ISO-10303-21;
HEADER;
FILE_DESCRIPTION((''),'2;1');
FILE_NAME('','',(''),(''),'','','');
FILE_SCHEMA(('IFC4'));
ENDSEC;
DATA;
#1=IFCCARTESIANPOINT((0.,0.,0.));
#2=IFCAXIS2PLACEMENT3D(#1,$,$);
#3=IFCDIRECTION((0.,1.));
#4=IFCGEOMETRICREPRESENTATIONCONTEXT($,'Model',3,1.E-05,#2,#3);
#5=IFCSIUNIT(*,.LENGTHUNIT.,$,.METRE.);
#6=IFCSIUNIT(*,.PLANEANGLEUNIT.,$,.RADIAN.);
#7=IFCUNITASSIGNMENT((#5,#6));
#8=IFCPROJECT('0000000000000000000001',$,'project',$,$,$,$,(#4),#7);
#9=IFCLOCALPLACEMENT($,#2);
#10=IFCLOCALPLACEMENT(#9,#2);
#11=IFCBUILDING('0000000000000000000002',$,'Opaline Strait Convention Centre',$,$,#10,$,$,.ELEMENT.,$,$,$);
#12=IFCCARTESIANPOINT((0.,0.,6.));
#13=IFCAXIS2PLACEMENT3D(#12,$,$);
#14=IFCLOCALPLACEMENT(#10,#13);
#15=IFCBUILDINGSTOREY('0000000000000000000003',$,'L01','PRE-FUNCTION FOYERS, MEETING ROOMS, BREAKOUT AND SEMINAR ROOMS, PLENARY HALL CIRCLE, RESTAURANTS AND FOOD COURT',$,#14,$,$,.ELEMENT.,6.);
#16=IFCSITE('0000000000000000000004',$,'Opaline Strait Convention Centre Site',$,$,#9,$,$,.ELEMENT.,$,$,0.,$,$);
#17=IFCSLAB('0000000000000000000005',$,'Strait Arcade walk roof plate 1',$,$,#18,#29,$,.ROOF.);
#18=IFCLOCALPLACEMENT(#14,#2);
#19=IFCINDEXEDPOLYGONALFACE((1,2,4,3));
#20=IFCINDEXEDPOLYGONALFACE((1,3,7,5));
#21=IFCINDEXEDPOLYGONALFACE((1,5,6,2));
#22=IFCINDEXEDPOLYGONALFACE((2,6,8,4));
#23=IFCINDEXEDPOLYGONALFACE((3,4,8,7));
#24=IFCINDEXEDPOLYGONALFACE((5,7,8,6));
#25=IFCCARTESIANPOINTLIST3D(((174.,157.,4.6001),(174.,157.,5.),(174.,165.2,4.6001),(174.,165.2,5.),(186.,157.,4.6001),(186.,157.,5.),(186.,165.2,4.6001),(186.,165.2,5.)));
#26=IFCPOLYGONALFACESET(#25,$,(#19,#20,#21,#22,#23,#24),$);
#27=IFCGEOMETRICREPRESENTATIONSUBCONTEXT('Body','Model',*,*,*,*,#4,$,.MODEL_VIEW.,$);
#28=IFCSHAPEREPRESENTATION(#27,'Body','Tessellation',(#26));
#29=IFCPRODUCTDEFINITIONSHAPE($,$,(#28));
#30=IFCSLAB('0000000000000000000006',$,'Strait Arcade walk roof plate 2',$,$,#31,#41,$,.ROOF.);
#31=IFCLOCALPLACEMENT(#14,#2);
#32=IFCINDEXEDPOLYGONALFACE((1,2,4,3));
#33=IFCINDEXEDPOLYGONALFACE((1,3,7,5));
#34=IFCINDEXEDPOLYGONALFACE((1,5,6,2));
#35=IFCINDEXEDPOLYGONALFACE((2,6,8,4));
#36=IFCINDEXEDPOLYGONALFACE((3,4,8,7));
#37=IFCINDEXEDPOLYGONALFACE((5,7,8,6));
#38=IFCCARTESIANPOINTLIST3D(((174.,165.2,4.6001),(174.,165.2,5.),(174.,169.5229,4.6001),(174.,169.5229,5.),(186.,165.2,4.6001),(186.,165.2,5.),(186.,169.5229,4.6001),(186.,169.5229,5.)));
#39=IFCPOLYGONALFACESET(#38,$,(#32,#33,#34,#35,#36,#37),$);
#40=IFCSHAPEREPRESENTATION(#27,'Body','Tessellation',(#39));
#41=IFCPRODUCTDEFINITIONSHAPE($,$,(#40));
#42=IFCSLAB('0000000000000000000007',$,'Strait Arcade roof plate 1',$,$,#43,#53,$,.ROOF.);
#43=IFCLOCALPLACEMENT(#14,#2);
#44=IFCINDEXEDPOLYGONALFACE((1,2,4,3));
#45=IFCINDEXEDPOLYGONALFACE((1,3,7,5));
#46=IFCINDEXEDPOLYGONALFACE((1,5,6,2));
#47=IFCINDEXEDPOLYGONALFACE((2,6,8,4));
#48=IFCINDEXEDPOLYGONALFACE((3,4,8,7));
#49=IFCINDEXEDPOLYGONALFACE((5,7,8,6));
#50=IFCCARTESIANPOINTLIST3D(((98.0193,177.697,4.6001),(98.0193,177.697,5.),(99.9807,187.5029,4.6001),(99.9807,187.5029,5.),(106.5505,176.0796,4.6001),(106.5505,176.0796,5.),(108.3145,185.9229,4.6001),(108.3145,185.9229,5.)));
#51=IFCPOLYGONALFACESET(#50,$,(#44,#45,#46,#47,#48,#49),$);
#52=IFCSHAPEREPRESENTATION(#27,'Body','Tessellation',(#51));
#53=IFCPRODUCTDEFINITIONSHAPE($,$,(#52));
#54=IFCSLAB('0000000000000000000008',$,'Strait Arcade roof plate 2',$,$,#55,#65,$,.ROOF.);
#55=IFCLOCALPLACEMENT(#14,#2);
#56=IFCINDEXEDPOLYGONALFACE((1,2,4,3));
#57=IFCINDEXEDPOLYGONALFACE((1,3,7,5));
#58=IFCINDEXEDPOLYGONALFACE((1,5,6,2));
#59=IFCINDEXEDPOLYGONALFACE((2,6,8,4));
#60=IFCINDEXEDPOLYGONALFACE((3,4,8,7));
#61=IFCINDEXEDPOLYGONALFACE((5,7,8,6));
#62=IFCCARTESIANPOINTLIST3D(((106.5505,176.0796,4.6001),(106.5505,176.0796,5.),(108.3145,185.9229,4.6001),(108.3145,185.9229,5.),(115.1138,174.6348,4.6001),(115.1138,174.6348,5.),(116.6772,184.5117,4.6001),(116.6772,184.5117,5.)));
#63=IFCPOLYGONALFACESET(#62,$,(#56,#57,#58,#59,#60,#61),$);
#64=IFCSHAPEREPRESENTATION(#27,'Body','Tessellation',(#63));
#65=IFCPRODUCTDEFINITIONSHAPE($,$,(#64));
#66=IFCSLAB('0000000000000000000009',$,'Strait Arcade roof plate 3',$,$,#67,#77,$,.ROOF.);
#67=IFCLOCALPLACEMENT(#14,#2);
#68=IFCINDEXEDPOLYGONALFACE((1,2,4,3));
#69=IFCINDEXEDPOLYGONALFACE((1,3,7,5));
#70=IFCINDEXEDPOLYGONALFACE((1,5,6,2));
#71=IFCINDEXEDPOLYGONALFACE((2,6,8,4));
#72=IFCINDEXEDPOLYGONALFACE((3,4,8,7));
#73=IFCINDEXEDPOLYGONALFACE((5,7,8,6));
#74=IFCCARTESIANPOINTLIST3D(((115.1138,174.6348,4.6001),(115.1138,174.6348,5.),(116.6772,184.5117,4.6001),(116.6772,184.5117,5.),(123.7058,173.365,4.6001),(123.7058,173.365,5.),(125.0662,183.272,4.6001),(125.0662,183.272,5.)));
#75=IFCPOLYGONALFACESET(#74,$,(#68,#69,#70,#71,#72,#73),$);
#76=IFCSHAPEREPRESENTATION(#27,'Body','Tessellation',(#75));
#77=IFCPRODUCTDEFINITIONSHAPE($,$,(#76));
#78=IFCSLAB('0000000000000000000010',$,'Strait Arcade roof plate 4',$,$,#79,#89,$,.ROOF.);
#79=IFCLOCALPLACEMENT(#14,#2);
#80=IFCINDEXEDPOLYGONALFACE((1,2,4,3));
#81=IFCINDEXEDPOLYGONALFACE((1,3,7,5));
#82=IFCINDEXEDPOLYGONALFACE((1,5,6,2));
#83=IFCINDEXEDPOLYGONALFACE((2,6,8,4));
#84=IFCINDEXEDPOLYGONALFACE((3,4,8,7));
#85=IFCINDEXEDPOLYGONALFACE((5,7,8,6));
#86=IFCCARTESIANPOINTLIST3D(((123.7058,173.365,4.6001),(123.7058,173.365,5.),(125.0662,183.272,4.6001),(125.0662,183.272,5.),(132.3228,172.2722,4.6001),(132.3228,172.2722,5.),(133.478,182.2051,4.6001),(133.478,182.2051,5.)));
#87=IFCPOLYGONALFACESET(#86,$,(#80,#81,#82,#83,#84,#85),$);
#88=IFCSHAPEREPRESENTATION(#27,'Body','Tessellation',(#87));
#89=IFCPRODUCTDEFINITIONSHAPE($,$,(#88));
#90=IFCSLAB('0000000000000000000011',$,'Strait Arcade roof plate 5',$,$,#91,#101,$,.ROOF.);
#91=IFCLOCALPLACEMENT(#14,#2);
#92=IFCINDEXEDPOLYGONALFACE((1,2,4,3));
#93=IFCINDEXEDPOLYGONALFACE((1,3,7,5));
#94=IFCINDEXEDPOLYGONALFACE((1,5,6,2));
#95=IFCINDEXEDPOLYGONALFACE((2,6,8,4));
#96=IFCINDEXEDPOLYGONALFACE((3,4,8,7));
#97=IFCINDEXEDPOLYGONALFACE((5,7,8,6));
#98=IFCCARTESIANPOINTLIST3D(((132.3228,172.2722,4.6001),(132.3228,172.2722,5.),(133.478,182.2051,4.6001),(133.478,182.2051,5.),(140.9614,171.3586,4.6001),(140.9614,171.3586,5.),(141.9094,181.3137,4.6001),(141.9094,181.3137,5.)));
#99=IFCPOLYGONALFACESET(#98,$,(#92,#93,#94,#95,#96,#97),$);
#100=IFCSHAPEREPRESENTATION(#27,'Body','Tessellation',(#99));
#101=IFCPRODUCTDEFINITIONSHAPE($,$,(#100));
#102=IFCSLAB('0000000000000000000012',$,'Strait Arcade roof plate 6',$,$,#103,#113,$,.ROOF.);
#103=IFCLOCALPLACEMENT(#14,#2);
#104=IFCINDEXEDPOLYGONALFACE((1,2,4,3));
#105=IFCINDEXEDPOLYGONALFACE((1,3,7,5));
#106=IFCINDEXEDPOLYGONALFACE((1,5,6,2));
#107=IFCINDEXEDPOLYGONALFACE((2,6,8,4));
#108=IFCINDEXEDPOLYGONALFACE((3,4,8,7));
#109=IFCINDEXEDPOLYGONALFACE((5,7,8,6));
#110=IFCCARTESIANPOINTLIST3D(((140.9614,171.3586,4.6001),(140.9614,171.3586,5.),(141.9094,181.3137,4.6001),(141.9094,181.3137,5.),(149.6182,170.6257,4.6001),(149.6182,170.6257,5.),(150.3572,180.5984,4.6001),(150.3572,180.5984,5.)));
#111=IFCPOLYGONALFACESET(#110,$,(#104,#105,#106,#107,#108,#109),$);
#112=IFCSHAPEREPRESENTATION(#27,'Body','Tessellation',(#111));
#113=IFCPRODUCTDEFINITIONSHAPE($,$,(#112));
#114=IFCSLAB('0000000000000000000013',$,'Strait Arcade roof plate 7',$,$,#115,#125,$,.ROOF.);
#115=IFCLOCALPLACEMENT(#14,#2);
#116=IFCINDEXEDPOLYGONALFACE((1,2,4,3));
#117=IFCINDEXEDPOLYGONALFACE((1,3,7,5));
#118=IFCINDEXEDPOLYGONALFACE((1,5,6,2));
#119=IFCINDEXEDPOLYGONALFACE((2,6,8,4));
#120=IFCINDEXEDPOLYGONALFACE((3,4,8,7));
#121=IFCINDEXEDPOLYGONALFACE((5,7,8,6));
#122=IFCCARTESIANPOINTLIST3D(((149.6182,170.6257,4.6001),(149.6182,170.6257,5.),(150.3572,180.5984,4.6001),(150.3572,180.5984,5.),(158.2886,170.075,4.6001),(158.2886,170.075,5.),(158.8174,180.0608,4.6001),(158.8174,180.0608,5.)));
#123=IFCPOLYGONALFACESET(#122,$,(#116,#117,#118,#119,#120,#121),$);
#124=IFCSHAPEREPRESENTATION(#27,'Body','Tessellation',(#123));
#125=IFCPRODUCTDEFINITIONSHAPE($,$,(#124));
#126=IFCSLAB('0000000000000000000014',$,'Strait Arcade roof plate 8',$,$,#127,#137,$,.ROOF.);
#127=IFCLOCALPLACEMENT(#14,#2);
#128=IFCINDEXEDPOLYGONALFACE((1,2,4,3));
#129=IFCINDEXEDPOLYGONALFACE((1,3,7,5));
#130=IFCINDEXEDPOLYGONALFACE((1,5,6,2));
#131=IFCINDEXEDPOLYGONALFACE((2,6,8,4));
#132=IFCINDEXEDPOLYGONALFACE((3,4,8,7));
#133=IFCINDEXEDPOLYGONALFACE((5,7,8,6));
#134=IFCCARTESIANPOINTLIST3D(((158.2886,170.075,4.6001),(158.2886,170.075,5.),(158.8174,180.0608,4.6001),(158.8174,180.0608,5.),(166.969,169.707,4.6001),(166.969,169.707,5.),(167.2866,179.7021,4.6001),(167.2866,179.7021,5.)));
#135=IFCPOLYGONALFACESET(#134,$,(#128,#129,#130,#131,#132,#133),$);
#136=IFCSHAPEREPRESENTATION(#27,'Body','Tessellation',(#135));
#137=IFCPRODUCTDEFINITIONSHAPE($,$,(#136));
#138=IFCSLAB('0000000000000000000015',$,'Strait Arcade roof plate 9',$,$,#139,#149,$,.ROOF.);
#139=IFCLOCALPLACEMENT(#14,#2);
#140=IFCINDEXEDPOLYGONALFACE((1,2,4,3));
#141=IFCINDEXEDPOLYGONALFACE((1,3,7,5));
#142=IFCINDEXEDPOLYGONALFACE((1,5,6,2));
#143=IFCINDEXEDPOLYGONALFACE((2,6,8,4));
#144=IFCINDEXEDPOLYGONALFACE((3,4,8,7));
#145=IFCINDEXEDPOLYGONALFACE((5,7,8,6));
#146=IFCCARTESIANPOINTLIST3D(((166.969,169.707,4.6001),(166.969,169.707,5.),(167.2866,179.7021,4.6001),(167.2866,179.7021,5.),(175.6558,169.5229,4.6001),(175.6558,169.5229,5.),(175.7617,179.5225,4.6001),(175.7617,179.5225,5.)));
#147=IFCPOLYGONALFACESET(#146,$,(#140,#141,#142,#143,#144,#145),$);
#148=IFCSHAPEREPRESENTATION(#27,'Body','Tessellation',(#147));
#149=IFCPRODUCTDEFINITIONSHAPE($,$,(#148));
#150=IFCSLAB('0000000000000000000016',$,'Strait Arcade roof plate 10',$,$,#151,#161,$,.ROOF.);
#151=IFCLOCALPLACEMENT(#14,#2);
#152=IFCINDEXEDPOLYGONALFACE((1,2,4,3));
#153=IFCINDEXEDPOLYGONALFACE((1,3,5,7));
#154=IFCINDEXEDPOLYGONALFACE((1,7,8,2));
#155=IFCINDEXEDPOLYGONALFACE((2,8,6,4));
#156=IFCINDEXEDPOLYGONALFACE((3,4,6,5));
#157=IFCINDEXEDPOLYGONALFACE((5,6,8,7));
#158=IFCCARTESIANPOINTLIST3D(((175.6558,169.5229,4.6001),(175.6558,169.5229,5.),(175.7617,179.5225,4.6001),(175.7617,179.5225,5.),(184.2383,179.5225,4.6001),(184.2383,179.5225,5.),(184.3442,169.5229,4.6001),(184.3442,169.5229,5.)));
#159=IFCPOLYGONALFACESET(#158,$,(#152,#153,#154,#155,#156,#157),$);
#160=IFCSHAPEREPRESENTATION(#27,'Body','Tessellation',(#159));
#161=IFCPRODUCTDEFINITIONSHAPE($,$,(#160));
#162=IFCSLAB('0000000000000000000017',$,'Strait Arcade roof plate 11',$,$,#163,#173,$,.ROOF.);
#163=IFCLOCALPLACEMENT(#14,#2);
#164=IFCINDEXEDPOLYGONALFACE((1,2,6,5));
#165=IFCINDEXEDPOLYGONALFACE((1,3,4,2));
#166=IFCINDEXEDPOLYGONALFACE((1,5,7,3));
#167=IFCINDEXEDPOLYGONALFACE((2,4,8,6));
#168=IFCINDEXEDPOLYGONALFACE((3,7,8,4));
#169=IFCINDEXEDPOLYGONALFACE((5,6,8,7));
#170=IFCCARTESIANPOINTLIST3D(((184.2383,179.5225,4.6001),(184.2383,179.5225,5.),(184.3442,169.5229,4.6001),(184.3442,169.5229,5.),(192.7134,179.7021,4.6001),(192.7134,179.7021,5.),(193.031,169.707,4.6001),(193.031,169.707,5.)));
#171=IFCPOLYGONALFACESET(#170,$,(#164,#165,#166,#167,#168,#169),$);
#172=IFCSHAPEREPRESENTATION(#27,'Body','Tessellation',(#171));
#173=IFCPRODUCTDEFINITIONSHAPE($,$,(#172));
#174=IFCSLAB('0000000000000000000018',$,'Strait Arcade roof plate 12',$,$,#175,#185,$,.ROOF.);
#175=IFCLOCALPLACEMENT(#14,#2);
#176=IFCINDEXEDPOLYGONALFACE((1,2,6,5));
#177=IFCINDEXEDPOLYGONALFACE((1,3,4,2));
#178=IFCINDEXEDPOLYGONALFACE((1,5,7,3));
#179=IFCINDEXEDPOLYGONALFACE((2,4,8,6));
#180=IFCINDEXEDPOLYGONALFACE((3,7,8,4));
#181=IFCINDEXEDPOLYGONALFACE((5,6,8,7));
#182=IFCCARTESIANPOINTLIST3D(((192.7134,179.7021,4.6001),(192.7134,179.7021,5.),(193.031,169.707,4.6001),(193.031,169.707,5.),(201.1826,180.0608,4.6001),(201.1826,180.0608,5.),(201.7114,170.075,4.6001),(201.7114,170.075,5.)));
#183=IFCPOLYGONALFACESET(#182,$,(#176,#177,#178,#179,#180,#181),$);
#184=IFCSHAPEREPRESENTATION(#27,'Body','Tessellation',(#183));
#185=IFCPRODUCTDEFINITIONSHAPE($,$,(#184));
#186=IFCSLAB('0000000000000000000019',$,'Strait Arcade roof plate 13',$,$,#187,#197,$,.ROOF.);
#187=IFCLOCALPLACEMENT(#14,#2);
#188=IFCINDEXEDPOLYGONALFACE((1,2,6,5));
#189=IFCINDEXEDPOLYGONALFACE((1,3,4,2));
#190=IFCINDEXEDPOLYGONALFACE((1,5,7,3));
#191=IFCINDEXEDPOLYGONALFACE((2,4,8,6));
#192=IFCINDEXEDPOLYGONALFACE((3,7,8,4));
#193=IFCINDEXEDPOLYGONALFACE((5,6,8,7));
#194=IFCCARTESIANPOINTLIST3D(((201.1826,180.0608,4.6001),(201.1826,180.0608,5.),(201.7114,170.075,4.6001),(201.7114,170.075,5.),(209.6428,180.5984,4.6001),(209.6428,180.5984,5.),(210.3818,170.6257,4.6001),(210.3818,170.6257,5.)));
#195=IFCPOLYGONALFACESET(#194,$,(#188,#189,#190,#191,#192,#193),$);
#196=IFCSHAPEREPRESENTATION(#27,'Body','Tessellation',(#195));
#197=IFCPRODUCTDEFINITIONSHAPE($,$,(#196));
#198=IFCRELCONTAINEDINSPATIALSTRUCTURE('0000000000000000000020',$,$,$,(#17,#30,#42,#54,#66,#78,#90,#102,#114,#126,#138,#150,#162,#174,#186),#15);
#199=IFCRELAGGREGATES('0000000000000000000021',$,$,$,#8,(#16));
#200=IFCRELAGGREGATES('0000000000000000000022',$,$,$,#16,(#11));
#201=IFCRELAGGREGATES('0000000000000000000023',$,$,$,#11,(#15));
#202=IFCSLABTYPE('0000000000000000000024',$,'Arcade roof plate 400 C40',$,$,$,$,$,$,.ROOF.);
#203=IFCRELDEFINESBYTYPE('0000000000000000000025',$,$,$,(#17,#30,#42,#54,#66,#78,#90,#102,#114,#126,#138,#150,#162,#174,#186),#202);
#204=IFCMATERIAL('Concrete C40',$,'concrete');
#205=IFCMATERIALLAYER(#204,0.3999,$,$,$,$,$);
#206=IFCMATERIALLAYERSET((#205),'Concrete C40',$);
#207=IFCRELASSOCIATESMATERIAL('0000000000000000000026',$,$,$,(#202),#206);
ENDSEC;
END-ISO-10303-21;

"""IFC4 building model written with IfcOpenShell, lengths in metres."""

from ifc_helpers import new_model, si_unit, direction, frame, origin, place, context, subcontext, project, spatial, polyline, outline, extrude, material, layer, layer_set, type_object, element, save


model = new_model("IFC4")

# Units and contexts
model_context = context("Model", 3, precision=1e-05, world=origin(), true_north=direction((0.0, 1.0)))
body_context = subcontext(model_context, "Body", "Model", "MODEL_VIEW")
ifc_project = project(units=[si_unit("LENGTHUNIT", "METRE"), si_unit("PLANEANGLEUNIT", "RADIAN")], contexts=[model_context])

# Site, building, storey
site_placement = place(None, origin())
site = spatial("IfcSite", under=ifc_project, at=site_placement, Name="Opaline Strait Convention Centre Site", CompositionType="ELEMENT", RefElevation=0.0)
building_placement = place(site_placement, origin())
building = spatial("IfcBuilding", under=site, at=building_placement, Name="Opaline Strait Convention Centre", CompositionType="ELEMENT")
storey_placement = place(building_placement, frame((0.0, 0.0, 6.0)))
storey = spatial("IfcBuildingStorey", under=building, at=storey_placement, Name="L01", Description="PRE-FUNCTION FOYERS, MEETING ROOMS, BREAKOUT AND SEMINAR ROOMS, PLENARY HALL CIRCLE, RESTAURANTS AND FOOD COURT", CompositionType="ELEMENT", Elevation=6.0)

# Slabs
ifc_material_1 = material(Name="Concrete C40", Category="concrete")
ifc_layer_1 = layer(ifc_material_1, 0.3999)
ifc_layer_set_1 = layer_set([ifc_layer_1], Name="Concrete C40")
slab_type_1 = type_object("IfcSlabType", Name="Arcade roof plate 400 C40", PredefinedType="ROOF", material=ifc_layer_set_1)
slab_1_placement = place(storey_placement, frame((0.0, 0.0, 4.6001)))
element("IfcSlab", 1, at=slab_1_placement, inside=storey, type_object=slab_type_1, Name="Strait Arcade walk roof plate 1", PredefinedType="ROOF", context=body_context, shape_type="SweptSolid", body=[
    extrude(outline(polyline([(174.0, 157.0), (186.0, 157.0), (186.0, 165.2), (174.0, 165.2), (174.0, 157.0)])), origin(), (0.0, 0.0, 1.0), 0.3999),
])
slab_2_placement = place(storey_placement, frame((0.0, 0.0, 4.6001)))
element("IfcSlab", 2, at=slab_2_placement, inside=storey, type_object=slab_type_1, Name="Strait Arcade walk roof plate 2", PredefinedType="ROOF", context=body_context, shape_type="SweptSolid", body=[
    extrude(outline(polyline([(174.0, 165.2), (186.0, 165.2), (186.0, 169.5229), (174.0, 169.5229), (174.0, 165.2)])), origin(), (0.0, 0.0, 1.0), 0.3999),
])
slab_3_placement = place(storey_placement, frame((0.0, 0.0, 4.6001)))
element("IfcSlab", 3, at=slab_3_placement, inside=storey, type_object=slab_type_1, Name="Strait Arcade roof plate 1", PredefinedType="ROOF", context=body_context, shape_type="SweptSolid", body=[
    extrude(outline(polyline([(98.0193, 177.697), (106.5505, 176.0796), (108.3145, 185.9229), (99.9807, 187.5029), (98.0193, 177.697)])), origin(), (0.0, 0.0, 1.0), 0.3999),
])
slab_4_placement = place(storey_placement, frame((0.0, 0.0, 4.6001)))
element("IfcSlab", 4, at=slab_4_placement, inside=storey, type_object=slab_type_1, Name="Strait Arcade roof plate 2", PredefinedType="ROOF", context=body_context, shape_type="SweptSolid", body=[
    extrude(outline(polyline([(106.5505, 176.0796), (115.1138, 174.6348), (116.6772, 184.5117), (108.3145, 185.9229), (106.5505, 176.0796)])), origin(), (0.0, 0.0, 1.0), 0.3999),
])
slab_5_placement = place(storey_placement, frame((0.0, 0.0, 4.6001)))
element("IfcSlab", 5, at=slab_5_placement, inside=storey, type_object=slab_type_1, Name="Strait Arcade roof plate 3", PredefinedType="ROOF", context=body_context, shape_type="SweptSolid", body=[
    extrude(outline(polyline([(115.1138, 174.6348), (123.7058, 173.365), (125.0662, 183.272), (116.6772, 184.5117), (115.1138, 174.6348)])), origin(), (0.0, 0.0, 1.0), 0.3999),
])
slab_6_placement = place(storey_placement, frame((0.0, 0.0, 4.6001)))
element("IfcSlab", 6, at=slab_6_placement, inside=storey, type_object=slab_type_1, Name="Strait Arcade roof plate 4", PredefinedType="ROOF", context=body_context, shape_type="SweptSolid", body=[
    extrude(outline(polyline([(123.7058, 173.365), (132.3228, 172.2722), (133.478, 182.2051), (125.0662, 183.272), (123.7058, 173.365)])), origin(), (0.0, 0.0, 1.0), 0.3999),
])
slab_7_placement = place(storey_placement, frame((0.0, 0.0, 4.6001)))
element("IfcSlab", 7, at=slab_7_placement, inside=storey, type_object=slab_type_1, Name="Strait Arcade roof plate 5", PredefinedType="ROOF", context=body_context, shape_type="SweptSolid", body=[
    extrude(outline(polyline([(132.3228, 172.2722), (140.9614, 171.3586), (141.9094, 181.3137), (133.478, 182.2051), (132.3228, 172.2722)])), origin(), (0.0, 0.0, 1.0), 0.3999),
])
slab_8_placement = place(storey_placement, frame((0.0, 0.0, 4.6001)))
element("IfcSlab", 8, at=slab_8_placement, inside=storey, type_object=slab_type_1, Name="Strait Arcade roof plate 6", PredefinedType="ROOF", context=body_context, shape_type="SweptSolid", body=[
    extrude(outline(polyline([(140.9614, 171.3586), (149.6182, 170.6257), (150.3572, 180.5984), (141.9094, 181.3137), (140.9614, 171.3586)])), origin(), (0.0, 0.0, 1.0), 0.3999),
])
slab_9_placement = place(storey_placement, frame((0.0, 0.0, 4.6001)))
element("IfcSlab", 9, at=slab_9_placement, inside=storey, type_object=slab_type_1, Name="Strait Arcade roof plate 7", PredefinedType="ROOF", context=body_context, shape_type="SweptSolid", body=[
    extrude(outline(polyline([(149.6182, 170.6257), (158.2886, 170.075), (158.8174, 180.0608), (150.3572, 180.5984), (149.6182, 170.6257)])), origin(), (0.0, 0.0, 1.0), 0.3999),
])
slab_10_placement = place(storey_placement, frame((0.0, 0.0, 4.6001)))
element("IfcSlab", 10, at=slab_10_placement, inside=storey, type_object=slab_type_1, Name="Strait Arcade roof plate 8", PredefinedType="ROOF", context=body_context, shape_type="SweptSolid", body=[
    extrude(outline(polyline([(158.2886, 170.075), (166.969, 169.707), (167.2866, 179.7021), (158.8174, 180.0608), (158.2886, 170.075)])), origin(), (0.0, 0.0, 1.0), 0.3999),
])
slab_11_placement = place(storey_placement, frame((0.0, 0.0, 4.6001)))
element("IfcSlab", 11, at=slab_11_placement, inside=storey, type_object=slab_type_1, Name="Strait Arcade roof plate 9", PredefinedType="ROOF", context=body_context, shape_type="SweptSolid", body=[
    extrude(outline(polyline([(166.969, 169.707), (175.6558, 169.5229), (175.7617, 179.5225), (167.2866, 179.7021), (166.969, 169.707)])), origin(), (0.0, 0.0, 1.0), 0.3999),
])
slab_12_placement = place(storey_placement, frame((0.0, 0.0, 4.6001)))
element("IfcSlab", 12, at=slab_12_placement, inside=storey, type_object=slab_type_1, Name="Strait Arcade roof plate 10", PredefinedType="ROOF", context=body_context, shape_type="SweptSolid", body=[
    extrude(outline(polyline([(175.6558, 169.5229), (184.3442, 169.5229), (184.2383, 179.5225), (175.7617, 179.5225), (175.6558, 169.5229)])), origin(), (0.0, 0.0, 1.0), 0.3999),
])
slab_13_placement = place(storey_placement, frame((0.0, 0.0, 4.6001)))
element("IfcSlab", 13, at=slab_13_placement, inside=storey, type_object=slab_type_1, Name="Strait Arcade roof plate 11", PredefinedType="ROOF", context=body_context, shape_type="SweptSolid", body=[
    extrude(outline(polyline([(184.3442, 169.5229), (193.031, 169.707), (192.7134, 179.7021), (184.2383, 179.5225), (184.3442, 169.5229)])), origin(), (0.0, 0.0, 1.0), 0.3999),
])
slab_14_placement = place(storey_placement, frame((0.0, 0.0, 4.6001)))
element("IfcSlab", 14, at=slab_14_placement, inside=storey, type_object=slab_type_1, Name="Strait Arcade roof plate 12", PredefinedType="ROOF", context=body_context, shape_type="SweptSolid", body=[
    extrude(outline(polyline([(193.031, 169.707), (201.7114, 170.075), (201.1826, 180.0608), (192.7134, 179.7021), (193.031, 169.707)])), origin(), (0.0, 0.0, 1.0), 0.3999),
])
slab_15_placement = place(storey_placement, frame((0.0, 0.0, 4.6001)))
element("IfcSlab", 15, at=slab_15_placement, inside=storey, type_object=slab_type_1, Name="Strait Arcade roof plate 13", PredefinedType="ROOF", context=body_context, shape_type="SweptSolid", body=[
    extrude(outline(polyline([(201.7114, 170.075), (210.3818, 170.6257), (209.6428, 180.5984), (201.1826, 180.0608), (201.7114, 170.075)])), origin(), (0.0, 0.0, 1.0), 0.3999),
])

save(model, "model.ifc")
